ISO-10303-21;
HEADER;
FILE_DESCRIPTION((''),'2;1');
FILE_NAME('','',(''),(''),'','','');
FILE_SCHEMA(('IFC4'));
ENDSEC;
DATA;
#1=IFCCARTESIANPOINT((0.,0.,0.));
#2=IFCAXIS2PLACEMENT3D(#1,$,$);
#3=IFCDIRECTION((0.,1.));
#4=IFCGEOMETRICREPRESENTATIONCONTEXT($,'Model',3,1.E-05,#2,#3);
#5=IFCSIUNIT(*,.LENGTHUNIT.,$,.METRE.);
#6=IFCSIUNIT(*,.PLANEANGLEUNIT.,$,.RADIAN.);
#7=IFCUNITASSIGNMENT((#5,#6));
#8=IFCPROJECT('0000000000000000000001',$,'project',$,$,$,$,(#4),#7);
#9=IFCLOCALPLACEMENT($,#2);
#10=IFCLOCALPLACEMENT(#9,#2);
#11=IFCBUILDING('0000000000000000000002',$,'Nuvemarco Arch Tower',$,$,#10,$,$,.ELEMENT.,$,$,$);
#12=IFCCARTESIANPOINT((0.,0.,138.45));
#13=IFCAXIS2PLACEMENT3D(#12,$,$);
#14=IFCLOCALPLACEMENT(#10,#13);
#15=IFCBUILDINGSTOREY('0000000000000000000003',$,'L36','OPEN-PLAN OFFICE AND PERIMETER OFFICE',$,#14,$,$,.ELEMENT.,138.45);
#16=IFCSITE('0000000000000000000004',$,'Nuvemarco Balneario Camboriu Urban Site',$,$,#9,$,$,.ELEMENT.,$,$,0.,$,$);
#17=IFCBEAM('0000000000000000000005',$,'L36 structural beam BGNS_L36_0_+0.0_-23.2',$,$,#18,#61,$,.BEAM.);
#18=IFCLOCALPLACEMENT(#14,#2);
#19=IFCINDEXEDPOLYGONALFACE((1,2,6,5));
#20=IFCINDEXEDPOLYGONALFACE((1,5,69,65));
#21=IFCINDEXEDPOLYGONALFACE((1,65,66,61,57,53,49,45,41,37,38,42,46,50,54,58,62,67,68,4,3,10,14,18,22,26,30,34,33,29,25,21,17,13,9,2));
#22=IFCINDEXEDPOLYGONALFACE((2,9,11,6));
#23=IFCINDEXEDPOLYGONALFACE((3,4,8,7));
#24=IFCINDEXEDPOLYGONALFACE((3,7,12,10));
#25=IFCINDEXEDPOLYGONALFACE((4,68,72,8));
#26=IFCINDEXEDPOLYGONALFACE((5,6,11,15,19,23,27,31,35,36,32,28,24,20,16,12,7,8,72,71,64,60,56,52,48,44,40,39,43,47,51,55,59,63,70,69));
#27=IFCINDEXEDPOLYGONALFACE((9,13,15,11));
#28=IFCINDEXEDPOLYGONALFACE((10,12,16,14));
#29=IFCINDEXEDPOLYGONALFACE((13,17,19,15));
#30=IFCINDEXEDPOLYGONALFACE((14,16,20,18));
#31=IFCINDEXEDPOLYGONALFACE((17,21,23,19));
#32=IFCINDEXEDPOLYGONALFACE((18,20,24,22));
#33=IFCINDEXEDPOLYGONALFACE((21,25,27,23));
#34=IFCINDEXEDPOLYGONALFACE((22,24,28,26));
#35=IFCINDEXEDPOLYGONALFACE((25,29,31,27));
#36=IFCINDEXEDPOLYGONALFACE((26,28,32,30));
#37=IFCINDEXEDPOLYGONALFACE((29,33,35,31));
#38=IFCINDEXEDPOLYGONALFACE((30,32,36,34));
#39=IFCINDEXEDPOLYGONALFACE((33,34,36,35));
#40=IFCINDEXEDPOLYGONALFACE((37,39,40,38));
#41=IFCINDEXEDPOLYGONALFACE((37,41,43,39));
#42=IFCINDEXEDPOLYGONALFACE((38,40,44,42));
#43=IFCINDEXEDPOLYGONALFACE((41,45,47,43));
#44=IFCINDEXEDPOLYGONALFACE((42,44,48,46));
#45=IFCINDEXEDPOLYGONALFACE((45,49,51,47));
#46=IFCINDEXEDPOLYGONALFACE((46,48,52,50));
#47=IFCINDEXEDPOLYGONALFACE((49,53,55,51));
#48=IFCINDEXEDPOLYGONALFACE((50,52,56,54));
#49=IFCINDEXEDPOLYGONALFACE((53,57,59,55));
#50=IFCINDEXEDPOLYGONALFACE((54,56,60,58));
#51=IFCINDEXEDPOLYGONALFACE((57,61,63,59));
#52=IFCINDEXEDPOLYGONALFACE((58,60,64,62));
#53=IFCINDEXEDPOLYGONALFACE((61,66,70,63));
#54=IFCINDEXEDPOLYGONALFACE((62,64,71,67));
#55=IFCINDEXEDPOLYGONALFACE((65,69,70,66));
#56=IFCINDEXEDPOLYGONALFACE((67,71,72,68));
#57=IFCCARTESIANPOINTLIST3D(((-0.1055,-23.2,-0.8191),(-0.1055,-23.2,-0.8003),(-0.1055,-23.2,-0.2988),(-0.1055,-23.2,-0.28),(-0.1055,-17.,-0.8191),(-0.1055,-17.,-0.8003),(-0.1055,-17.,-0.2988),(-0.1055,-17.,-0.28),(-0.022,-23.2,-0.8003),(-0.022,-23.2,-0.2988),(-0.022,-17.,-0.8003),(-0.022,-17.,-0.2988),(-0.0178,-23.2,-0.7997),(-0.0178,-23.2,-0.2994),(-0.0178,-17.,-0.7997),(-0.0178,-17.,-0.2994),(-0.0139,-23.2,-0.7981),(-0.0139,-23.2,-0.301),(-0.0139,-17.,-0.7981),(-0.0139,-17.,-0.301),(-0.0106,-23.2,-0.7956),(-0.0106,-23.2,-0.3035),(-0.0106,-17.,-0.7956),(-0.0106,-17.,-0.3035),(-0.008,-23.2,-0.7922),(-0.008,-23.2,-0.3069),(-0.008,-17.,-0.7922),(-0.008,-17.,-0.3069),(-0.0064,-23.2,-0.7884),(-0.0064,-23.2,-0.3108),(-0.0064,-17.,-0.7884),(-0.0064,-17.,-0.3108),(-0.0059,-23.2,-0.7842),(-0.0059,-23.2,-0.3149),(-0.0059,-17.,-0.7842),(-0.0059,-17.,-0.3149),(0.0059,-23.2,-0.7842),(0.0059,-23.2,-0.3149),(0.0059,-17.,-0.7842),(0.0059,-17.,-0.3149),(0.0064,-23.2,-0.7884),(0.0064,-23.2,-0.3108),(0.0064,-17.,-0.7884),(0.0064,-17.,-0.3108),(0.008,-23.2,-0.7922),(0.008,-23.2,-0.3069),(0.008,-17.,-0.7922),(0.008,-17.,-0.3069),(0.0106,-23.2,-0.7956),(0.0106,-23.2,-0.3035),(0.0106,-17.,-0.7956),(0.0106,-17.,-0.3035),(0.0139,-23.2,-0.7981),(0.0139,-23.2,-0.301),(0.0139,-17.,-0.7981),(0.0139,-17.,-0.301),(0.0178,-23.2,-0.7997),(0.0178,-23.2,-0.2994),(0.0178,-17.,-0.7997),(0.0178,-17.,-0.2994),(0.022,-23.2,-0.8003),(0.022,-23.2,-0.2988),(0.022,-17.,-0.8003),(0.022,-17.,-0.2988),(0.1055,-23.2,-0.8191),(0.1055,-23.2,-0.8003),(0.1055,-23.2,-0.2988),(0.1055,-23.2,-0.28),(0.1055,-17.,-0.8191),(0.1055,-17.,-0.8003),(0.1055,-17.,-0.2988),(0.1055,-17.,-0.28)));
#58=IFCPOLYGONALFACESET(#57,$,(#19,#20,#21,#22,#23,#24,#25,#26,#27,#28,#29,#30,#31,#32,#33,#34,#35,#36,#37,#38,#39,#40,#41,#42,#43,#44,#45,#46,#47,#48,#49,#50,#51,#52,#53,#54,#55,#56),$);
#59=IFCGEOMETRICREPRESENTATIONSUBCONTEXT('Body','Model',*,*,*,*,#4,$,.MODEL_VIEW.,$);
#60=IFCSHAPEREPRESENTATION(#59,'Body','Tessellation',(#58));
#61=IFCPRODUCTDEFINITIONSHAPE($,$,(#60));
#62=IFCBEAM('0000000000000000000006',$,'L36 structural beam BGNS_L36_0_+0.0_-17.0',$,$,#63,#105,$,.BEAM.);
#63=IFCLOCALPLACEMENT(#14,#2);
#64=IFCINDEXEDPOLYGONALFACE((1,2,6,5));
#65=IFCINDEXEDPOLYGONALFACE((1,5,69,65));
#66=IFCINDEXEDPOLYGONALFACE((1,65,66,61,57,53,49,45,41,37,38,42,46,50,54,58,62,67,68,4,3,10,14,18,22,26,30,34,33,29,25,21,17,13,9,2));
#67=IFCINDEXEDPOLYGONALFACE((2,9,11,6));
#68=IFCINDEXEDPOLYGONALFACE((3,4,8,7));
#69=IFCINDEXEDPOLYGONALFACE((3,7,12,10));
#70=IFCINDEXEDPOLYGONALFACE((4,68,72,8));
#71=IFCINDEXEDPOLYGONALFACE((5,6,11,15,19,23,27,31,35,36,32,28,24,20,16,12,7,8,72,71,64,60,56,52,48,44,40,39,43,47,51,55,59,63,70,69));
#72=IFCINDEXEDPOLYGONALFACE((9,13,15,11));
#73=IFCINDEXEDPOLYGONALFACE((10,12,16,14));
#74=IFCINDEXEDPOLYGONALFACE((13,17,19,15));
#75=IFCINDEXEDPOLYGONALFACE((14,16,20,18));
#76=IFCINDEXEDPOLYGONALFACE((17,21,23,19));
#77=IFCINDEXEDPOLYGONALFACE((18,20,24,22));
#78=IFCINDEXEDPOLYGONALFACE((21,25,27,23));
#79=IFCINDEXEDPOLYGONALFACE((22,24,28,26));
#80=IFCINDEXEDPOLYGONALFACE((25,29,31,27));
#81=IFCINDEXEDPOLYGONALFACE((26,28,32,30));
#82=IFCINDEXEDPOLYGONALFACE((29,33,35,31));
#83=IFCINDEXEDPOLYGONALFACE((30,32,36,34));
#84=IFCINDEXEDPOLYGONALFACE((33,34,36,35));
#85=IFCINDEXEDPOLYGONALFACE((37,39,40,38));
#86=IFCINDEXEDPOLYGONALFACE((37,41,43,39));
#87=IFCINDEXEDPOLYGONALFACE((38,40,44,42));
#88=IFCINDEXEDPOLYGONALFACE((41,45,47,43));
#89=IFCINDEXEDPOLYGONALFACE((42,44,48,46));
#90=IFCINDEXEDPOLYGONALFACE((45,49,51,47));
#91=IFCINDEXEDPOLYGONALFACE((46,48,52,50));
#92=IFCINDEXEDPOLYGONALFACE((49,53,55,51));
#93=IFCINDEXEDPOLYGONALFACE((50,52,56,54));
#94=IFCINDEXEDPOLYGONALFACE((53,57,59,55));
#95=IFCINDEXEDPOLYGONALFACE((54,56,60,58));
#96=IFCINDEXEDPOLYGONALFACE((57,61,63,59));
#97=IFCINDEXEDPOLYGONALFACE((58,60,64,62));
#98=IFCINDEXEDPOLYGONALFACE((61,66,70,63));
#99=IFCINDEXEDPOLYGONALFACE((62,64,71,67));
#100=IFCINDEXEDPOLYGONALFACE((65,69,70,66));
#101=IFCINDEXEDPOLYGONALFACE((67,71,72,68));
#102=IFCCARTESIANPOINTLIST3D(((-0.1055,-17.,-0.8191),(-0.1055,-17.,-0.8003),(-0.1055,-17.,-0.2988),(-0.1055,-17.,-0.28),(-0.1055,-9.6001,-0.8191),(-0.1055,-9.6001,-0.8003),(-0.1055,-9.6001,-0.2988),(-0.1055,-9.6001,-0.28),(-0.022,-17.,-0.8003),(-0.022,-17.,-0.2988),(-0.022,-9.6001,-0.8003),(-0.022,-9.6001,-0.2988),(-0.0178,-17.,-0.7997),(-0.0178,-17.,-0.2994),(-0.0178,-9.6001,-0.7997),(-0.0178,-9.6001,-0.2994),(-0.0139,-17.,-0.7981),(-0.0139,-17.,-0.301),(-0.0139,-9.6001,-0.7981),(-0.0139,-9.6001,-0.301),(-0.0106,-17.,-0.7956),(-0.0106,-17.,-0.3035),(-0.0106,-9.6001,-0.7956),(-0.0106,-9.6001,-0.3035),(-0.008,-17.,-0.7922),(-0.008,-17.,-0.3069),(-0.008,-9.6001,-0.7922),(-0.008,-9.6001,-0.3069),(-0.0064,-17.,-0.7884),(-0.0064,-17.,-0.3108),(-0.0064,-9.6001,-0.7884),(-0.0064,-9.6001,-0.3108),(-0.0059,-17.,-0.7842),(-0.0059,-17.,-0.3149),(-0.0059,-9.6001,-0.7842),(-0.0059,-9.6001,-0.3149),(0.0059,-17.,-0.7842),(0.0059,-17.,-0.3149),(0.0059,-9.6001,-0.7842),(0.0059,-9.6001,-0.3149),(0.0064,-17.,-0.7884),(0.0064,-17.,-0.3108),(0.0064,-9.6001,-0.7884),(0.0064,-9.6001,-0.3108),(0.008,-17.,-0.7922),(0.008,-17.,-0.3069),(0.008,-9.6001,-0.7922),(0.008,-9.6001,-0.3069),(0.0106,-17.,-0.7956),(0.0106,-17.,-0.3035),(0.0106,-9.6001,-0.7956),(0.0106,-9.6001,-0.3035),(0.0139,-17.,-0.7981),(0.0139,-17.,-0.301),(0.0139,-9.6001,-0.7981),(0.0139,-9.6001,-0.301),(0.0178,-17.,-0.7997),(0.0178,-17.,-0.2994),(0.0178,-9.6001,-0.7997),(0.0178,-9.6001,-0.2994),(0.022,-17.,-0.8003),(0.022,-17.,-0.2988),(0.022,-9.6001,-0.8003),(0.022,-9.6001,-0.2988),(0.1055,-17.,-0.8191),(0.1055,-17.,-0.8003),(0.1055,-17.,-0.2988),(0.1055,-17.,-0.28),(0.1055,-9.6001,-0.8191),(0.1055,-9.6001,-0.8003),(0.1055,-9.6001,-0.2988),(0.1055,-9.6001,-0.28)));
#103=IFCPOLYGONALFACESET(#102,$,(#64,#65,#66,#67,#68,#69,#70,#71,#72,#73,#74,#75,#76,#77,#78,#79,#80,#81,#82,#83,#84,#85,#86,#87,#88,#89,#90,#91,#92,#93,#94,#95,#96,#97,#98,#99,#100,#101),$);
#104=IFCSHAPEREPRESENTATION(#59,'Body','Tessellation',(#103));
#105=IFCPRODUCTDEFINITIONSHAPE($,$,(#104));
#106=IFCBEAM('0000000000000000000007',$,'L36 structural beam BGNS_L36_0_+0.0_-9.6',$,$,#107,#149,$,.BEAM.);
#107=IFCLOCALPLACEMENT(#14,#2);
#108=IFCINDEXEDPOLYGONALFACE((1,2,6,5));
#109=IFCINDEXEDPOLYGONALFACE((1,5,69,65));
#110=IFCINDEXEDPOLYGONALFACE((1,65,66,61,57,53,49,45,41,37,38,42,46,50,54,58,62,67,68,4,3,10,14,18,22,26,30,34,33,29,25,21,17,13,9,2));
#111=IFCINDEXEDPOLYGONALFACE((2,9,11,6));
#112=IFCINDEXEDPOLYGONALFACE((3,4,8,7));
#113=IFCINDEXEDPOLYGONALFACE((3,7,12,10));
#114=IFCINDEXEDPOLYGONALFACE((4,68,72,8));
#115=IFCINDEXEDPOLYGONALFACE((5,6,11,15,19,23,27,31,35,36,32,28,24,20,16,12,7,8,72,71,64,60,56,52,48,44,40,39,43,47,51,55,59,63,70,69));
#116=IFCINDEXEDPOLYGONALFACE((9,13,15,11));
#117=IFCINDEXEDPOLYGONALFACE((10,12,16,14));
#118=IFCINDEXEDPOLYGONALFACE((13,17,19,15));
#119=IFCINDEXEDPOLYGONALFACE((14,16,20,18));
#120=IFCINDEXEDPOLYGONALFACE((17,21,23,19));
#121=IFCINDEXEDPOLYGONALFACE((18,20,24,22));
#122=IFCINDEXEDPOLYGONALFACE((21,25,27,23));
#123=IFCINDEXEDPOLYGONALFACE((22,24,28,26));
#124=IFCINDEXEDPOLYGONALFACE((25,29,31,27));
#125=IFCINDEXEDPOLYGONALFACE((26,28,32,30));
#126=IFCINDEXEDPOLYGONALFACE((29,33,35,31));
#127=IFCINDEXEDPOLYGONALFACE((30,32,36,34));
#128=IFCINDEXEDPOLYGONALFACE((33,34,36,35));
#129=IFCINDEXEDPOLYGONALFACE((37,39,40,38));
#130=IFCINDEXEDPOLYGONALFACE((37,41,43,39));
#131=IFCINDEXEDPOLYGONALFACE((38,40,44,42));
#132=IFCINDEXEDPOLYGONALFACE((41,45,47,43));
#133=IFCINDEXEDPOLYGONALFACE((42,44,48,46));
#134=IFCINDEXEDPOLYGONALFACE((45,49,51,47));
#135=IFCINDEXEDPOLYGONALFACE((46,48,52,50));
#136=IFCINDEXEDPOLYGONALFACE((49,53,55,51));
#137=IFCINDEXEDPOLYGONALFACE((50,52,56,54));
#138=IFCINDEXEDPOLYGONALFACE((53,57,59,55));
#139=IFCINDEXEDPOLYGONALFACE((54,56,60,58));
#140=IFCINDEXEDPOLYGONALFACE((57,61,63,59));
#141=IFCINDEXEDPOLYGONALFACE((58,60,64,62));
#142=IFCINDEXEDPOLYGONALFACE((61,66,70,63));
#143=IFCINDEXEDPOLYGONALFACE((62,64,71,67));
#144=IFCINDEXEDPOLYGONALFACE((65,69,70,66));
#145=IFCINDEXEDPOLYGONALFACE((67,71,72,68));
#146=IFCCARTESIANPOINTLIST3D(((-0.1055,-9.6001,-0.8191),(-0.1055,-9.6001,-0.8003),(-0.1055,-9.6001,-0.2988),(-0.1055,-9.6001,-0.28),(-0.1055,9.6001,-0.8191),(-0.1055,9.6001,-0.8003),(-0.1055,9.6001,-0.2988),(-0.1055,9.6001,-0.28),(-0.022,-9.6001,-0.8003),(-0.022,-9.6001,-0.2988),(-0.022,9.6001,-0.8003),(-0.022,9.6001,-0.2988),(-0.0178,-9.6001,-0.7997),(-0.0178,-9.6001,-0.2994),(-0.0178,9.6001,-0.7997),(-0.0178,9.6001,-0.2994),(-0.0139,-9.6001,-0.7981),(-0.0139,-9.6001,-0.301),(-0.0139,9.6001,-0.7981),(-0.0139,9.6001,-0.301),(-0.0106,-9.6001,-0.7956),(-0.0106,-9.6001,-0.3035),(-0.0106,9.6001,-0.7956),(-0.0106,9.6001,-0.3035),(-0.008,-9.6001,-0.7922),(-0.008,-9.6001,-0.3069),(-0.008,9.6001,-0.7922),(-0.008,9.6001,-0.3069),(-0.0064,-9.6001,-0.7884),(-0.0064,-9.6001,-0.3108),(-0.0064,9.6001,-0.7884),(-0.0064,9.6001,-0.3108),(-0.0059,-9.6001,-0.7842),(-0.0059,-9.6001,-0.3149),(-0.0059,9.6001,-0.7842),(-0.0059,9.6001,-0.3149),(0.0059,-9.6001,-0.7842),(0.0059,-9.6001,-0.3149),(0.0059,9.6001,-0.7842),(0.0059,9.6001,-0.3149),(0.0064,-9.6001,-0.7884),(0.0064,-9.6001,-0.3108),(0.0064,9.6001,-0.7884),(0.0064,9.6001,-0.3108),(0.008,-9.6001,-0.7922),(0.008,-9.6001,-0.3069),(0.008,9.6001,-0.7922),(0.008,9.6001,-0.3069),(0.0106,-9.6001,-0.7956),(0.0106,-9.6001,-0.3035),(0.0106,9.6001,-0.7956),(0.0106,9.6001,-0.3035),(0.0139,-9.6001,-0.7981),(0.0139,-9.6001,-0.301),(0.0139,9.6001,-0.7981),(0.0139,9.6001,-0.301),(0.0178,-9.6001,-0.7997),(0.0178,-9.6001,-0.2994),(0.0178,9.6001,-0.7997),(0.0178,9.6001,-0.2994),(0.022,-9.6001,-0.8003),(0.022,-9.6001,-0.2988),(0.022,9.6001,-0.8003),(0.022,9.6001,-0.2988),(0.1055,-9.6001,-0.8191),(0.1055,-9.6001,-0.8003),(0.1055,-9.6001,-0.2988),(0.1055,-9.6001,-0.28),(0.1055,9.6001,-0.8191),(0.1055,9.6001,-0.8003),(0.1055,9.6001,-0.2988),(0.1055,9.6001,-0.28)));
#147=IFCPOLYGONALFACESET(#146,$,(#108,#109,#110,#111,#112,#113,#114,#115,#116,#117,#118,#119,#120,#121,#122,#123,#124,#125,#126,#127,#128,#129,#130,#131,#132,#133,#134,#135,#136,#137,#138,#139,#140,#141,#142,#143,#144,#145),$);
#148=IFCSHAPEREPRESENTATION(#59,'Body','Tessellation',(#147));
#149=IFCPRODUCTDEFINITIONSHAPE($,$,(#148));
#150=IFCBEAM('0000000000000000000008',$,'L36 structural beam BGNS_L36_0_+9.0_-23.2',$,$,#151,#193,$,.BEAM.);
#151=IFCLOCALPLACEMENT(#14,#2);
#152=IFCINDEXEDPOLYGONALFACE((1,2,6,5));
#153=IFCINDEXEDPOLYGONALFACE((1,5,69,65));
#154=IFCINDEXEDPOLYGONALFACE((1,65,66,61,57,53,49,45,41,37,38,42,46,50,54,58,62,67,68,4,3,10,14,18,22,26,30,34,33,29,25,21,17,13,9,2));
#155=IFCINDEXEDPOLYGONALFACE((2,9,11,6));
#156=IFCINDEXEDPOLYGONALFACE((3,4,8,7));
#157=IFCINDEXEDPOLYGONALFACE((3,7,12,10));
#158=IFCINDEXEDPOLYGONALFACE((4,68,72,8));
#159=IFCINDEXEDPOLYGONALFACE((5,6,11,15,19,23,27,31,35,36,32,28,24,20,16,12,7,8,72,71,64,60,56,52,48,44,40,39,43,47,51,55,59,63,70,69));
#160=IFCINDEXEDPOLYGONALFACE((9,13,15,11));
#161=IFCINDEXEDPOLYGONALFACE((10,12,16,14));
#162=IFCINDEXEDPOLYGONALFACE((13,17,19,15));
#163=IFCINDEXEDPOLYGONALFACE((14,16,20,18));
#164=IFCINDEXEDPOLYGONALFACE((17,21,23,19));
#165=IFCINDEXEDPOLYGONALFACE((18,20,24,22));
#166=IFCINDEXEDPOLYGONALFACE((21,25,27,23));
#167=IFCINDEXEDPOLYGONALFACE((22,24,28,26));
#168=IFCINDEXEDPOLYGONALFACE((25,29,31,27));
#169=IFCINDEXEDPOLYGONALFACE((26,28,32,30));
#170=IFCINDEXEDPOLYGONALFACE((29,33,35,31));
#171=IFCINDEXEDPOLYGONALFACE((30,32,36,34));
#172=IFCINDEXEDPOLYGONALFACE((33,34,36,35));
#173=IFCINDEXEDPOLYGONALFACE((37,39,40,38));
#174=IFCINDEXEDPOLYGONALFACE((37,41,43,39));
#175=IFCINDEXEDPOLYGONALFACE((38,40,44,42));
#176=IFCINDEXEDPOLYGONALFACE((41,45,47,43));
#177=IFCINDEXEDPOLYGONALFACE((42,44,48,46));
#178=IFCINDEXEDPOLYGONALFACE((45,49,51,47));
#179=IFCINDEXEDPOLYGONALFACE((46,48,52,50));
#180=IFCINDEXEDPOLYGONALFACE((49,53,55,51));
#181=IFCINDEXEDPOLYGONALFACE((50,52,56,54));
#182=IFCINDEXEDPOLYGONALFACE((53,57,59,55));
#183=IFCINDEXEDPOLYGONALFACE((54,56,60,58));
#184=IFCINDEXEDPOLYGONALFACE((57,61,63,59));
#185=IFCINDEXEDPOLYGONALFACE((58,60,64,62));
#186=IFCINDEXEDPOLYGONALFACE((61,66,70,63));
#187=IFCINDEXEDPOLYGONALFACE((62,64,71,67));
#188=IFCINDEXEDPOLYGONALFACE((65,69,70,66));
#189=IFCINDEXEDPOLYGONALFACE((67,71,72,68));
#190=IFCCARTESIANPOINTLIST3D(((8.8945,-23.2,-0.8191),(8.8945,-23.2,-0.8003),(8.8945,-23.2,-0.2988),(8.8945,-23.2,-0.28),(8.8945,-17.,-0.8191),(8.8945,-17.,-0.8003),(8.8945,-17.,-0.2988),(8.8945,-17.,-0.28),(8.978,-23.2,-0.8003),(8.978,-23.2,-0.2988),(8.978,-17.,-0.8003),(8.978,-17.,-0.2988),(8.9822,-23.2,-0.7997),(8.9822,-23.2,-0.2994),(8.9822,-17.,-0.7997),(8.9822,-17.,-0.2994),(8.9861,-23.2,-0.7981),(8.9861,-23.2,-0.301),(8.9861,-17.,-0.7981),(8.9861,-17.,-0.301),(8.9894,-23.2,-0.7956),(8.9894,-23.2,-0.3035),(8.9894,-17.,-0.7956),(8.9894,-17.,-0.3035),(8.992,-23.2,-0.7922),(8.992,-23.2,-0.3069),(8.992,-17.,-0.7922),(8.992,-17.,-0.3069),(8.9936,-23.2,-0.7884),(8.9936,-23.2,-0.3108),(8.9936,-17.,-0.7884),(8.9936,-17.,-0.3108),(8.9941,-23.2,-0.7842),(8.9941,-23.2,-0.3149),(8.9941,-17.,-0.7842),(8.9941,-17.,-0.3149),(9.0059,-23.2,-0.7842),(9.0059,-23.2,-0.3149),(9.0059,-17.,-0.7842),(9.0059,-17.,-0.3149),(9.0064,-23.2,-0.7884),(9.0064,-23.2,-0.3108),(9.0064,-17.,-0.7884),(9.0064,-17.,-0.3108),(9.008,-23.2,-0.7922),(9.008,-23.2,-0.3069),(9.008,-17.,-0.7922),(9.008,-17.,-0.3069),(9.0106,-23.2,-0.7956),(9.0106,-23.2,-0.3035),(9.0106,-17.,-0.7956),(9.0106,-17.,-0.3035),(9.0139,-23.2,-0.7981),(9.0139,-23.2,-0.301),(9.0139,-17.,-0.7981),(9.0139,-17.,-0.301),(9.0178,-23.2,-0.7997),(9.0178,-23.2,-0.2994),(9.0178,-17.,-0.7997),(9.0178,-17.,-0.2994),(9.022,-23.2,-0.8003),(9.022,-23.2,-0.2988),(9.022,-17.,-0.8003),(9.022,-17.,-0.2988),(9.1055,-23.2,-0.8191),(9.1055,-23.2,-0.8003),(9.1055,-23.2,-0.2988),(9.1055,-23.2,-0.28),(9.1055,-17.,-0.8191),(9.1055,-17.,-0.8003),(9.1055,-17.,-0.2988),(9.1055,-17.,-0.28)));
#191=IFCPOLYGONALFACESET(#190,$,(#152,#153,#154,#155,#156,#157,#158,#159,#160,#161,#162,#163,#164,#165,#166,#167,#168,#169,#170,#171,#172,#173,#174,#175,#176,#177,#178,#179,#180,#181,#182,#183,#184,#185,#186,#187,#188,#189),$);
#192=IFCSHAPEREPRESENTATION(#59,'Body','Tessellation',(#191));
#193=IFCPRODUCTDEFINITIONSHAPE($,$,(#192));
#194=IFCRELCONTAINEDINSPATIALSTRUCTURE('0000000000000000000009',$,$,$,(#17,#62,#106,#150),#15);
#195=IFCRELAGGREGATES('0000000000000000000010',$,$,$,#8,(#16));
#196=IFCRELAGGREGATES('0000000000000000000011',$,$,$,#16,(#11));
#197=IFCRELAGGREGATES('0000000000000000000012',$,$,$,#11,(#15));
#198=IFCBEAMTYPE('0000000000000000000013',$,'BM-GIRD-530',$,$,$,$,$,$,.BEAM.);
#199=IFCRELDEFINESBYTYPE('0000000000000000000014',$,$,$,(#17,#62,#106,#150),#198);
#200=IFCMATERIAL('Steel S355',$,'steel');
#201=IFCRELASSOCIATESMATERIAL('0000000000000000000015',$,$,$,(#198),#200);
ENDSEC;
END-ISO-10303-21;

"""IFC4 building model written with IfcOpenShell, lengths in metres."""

from ifc_helpers import new_model, si_unit, direction, frame, origin, origin_2d, place, context, subcontext, project, spatial, i_section, extrude, material, material_profile, profile_set, type_object, element, save


model = new_model("IFC4")

# Units and contexts
model_context = context("Model", 3, precision=1e-05, world=origin(), true_north=direction((0.0, 1.0)))
body_context = subcontext(model_context, "Body", "Model", "MODEL_VIEW")
ifc_project = project(units=[si_unit("LENGTHUNIT", "METRE"), si_unit("PLANEANGLEUNIT", "RADIAN")], contexts=[model_context])

# Site, building, storey
site_placement = place(None, origin())
site = spatial("IfcSite", under=ifc_project, at=site_placement, Name="Nuvemarco Balneario Camboriu Urban Site", CompositionType="ELEMENT", RefElevation=0.0)
building_placement = place(site_placement, origin())
building = spatial("IfcBuilding", under=site, at=building_placement, Name="Nuvemarco Arch Tower", CompositionType="ELEMENT")
storey_placement = place(building_placement, frame((0.0, 0.0, 138.45)))
storey = spatial("IfcBuildingStorey", under=building, at=storey_placement, Name="L36", Description="OPEN-PLAN OFFICE AND PERIMETER OFFICE", CompositionType="ELEMENT", Elevation=138.45)

# Shared definitions
ifc_material_1 = material(Name="Steel S355", Category="steel")

# Beams
ifc_material_profile_1 = material_profile(ifc_material_1, i_section(OverallWidth=0.2109, OverallDepth=0.5391, WebThickness=0.0117, FlangeThickness=0.0188, FilletRadius=0.0161, at=origin_2d()), Name="W530x109")
ifc_profile_set_1 = profile_set([ifc_material_profile_1], Name="Steel S355")
beam_type_1 = type_object("IfcBeamType", Name="BM-GIRD-530", PredefinedType="BEAM", material=ifc_profile_set_1)
beam_1_placement = place(storey_placement, frame((0.0, -23.2, -0.5496), z_axis=(0.0, 1.0, 0.0), x_axis=(-1.0, 0.0, 0.0)))
element("IfcBeam", 1, at=beam_1_placement, inside=storey, type_object=beam_type_1, Name="L36 structural beam BGNS_L36_0_+0.0_-23.2", PredefinedType="BEAM", context=body_context, shape_type="SweptSolid", body=[
    extrude(i_section(OverallWidth=0.2109, OverallDepth=0.5391, WebThickness=0.0117, FlangeThickness=0.0188, FilletRadius=0.0161, at=origin_2d()), origin(), (0.0, 0.0, 1.0), 6.2),
])
beam_2_placement = place(storey_placement, frame((0.0, -17.0, -0.5496), z_axis=(0.0, 1.0, 0.0), x_axis=(-1.0, 0.0, 0.0)))
element("IfcBeam", 2, at=beam_2_placement, inside=storey, type_object=beam_type_1, Name="L36 structural beam BGNS_L36_0_+0.0_-17.0", PredefinedType="BEAM", context=body_context, shape_type="SweptSolid", body=[
    extrude(i_section(OverallWidth=0.2109, OverallDepth=0.5391, WebThickness=0.0117, FlangeThickness=0.0188, FilletRadius=0.0161, at=origin_2d()), origin(), (0.0, 0.0, 1.0), 7.3999),
])
beam_3_placement = place(storey_placement, frame((0.0, -9.6001, -0.5496), z_axis=(0.0, 1.0, 0.0), x_axis=(-1.0, 0.0, 0.0)))
element("IfcBeam", 3, at=beam_3_placement, inside=storey, type_object=beam_type_1, Name="L36 structural beam BGNS_L36_0_+0.0_-9.6", PredefinedType="BEAM", context=body_context, shape_type="SweptSolid", body=[
    extrude(i_section(OverallWidth=0.2109, OverallDepth=0.5391, WebThickness=0.0117, FlangeThickness=0.0188, FilletRadius=0.0161, at=origin_2d()), origin(), (0.0, 0.0, 1.0), 19.2002),
])
beam_4_placement = place(storey_placement, frame((9.0, -23.2, -0.5496), z_axis=(0.0, 1.0, 0.0), x_axis=(-1.0, 0.0, 0.0)))
element("IfcBeam", 4, at=beam_4_placement, inside=storey, type_object=beam_type_1, Name="L36 structural beam BGNS_L36_0_+9.0_-23.2", PredefinedType="BEAM", context=body_context, shape_type="SweptSolid", body=[
    extrude(i_section(OverallWidth=0.2109, OverallDepth=0.5391, WebThickness=0.0117, FlangeThickness=0.0188, FilletRadius=0.0161, at=origin_2d()), origin(), (0.0, 0.0, 1.0), 6.2),
])

save(model, "model.ifc")
